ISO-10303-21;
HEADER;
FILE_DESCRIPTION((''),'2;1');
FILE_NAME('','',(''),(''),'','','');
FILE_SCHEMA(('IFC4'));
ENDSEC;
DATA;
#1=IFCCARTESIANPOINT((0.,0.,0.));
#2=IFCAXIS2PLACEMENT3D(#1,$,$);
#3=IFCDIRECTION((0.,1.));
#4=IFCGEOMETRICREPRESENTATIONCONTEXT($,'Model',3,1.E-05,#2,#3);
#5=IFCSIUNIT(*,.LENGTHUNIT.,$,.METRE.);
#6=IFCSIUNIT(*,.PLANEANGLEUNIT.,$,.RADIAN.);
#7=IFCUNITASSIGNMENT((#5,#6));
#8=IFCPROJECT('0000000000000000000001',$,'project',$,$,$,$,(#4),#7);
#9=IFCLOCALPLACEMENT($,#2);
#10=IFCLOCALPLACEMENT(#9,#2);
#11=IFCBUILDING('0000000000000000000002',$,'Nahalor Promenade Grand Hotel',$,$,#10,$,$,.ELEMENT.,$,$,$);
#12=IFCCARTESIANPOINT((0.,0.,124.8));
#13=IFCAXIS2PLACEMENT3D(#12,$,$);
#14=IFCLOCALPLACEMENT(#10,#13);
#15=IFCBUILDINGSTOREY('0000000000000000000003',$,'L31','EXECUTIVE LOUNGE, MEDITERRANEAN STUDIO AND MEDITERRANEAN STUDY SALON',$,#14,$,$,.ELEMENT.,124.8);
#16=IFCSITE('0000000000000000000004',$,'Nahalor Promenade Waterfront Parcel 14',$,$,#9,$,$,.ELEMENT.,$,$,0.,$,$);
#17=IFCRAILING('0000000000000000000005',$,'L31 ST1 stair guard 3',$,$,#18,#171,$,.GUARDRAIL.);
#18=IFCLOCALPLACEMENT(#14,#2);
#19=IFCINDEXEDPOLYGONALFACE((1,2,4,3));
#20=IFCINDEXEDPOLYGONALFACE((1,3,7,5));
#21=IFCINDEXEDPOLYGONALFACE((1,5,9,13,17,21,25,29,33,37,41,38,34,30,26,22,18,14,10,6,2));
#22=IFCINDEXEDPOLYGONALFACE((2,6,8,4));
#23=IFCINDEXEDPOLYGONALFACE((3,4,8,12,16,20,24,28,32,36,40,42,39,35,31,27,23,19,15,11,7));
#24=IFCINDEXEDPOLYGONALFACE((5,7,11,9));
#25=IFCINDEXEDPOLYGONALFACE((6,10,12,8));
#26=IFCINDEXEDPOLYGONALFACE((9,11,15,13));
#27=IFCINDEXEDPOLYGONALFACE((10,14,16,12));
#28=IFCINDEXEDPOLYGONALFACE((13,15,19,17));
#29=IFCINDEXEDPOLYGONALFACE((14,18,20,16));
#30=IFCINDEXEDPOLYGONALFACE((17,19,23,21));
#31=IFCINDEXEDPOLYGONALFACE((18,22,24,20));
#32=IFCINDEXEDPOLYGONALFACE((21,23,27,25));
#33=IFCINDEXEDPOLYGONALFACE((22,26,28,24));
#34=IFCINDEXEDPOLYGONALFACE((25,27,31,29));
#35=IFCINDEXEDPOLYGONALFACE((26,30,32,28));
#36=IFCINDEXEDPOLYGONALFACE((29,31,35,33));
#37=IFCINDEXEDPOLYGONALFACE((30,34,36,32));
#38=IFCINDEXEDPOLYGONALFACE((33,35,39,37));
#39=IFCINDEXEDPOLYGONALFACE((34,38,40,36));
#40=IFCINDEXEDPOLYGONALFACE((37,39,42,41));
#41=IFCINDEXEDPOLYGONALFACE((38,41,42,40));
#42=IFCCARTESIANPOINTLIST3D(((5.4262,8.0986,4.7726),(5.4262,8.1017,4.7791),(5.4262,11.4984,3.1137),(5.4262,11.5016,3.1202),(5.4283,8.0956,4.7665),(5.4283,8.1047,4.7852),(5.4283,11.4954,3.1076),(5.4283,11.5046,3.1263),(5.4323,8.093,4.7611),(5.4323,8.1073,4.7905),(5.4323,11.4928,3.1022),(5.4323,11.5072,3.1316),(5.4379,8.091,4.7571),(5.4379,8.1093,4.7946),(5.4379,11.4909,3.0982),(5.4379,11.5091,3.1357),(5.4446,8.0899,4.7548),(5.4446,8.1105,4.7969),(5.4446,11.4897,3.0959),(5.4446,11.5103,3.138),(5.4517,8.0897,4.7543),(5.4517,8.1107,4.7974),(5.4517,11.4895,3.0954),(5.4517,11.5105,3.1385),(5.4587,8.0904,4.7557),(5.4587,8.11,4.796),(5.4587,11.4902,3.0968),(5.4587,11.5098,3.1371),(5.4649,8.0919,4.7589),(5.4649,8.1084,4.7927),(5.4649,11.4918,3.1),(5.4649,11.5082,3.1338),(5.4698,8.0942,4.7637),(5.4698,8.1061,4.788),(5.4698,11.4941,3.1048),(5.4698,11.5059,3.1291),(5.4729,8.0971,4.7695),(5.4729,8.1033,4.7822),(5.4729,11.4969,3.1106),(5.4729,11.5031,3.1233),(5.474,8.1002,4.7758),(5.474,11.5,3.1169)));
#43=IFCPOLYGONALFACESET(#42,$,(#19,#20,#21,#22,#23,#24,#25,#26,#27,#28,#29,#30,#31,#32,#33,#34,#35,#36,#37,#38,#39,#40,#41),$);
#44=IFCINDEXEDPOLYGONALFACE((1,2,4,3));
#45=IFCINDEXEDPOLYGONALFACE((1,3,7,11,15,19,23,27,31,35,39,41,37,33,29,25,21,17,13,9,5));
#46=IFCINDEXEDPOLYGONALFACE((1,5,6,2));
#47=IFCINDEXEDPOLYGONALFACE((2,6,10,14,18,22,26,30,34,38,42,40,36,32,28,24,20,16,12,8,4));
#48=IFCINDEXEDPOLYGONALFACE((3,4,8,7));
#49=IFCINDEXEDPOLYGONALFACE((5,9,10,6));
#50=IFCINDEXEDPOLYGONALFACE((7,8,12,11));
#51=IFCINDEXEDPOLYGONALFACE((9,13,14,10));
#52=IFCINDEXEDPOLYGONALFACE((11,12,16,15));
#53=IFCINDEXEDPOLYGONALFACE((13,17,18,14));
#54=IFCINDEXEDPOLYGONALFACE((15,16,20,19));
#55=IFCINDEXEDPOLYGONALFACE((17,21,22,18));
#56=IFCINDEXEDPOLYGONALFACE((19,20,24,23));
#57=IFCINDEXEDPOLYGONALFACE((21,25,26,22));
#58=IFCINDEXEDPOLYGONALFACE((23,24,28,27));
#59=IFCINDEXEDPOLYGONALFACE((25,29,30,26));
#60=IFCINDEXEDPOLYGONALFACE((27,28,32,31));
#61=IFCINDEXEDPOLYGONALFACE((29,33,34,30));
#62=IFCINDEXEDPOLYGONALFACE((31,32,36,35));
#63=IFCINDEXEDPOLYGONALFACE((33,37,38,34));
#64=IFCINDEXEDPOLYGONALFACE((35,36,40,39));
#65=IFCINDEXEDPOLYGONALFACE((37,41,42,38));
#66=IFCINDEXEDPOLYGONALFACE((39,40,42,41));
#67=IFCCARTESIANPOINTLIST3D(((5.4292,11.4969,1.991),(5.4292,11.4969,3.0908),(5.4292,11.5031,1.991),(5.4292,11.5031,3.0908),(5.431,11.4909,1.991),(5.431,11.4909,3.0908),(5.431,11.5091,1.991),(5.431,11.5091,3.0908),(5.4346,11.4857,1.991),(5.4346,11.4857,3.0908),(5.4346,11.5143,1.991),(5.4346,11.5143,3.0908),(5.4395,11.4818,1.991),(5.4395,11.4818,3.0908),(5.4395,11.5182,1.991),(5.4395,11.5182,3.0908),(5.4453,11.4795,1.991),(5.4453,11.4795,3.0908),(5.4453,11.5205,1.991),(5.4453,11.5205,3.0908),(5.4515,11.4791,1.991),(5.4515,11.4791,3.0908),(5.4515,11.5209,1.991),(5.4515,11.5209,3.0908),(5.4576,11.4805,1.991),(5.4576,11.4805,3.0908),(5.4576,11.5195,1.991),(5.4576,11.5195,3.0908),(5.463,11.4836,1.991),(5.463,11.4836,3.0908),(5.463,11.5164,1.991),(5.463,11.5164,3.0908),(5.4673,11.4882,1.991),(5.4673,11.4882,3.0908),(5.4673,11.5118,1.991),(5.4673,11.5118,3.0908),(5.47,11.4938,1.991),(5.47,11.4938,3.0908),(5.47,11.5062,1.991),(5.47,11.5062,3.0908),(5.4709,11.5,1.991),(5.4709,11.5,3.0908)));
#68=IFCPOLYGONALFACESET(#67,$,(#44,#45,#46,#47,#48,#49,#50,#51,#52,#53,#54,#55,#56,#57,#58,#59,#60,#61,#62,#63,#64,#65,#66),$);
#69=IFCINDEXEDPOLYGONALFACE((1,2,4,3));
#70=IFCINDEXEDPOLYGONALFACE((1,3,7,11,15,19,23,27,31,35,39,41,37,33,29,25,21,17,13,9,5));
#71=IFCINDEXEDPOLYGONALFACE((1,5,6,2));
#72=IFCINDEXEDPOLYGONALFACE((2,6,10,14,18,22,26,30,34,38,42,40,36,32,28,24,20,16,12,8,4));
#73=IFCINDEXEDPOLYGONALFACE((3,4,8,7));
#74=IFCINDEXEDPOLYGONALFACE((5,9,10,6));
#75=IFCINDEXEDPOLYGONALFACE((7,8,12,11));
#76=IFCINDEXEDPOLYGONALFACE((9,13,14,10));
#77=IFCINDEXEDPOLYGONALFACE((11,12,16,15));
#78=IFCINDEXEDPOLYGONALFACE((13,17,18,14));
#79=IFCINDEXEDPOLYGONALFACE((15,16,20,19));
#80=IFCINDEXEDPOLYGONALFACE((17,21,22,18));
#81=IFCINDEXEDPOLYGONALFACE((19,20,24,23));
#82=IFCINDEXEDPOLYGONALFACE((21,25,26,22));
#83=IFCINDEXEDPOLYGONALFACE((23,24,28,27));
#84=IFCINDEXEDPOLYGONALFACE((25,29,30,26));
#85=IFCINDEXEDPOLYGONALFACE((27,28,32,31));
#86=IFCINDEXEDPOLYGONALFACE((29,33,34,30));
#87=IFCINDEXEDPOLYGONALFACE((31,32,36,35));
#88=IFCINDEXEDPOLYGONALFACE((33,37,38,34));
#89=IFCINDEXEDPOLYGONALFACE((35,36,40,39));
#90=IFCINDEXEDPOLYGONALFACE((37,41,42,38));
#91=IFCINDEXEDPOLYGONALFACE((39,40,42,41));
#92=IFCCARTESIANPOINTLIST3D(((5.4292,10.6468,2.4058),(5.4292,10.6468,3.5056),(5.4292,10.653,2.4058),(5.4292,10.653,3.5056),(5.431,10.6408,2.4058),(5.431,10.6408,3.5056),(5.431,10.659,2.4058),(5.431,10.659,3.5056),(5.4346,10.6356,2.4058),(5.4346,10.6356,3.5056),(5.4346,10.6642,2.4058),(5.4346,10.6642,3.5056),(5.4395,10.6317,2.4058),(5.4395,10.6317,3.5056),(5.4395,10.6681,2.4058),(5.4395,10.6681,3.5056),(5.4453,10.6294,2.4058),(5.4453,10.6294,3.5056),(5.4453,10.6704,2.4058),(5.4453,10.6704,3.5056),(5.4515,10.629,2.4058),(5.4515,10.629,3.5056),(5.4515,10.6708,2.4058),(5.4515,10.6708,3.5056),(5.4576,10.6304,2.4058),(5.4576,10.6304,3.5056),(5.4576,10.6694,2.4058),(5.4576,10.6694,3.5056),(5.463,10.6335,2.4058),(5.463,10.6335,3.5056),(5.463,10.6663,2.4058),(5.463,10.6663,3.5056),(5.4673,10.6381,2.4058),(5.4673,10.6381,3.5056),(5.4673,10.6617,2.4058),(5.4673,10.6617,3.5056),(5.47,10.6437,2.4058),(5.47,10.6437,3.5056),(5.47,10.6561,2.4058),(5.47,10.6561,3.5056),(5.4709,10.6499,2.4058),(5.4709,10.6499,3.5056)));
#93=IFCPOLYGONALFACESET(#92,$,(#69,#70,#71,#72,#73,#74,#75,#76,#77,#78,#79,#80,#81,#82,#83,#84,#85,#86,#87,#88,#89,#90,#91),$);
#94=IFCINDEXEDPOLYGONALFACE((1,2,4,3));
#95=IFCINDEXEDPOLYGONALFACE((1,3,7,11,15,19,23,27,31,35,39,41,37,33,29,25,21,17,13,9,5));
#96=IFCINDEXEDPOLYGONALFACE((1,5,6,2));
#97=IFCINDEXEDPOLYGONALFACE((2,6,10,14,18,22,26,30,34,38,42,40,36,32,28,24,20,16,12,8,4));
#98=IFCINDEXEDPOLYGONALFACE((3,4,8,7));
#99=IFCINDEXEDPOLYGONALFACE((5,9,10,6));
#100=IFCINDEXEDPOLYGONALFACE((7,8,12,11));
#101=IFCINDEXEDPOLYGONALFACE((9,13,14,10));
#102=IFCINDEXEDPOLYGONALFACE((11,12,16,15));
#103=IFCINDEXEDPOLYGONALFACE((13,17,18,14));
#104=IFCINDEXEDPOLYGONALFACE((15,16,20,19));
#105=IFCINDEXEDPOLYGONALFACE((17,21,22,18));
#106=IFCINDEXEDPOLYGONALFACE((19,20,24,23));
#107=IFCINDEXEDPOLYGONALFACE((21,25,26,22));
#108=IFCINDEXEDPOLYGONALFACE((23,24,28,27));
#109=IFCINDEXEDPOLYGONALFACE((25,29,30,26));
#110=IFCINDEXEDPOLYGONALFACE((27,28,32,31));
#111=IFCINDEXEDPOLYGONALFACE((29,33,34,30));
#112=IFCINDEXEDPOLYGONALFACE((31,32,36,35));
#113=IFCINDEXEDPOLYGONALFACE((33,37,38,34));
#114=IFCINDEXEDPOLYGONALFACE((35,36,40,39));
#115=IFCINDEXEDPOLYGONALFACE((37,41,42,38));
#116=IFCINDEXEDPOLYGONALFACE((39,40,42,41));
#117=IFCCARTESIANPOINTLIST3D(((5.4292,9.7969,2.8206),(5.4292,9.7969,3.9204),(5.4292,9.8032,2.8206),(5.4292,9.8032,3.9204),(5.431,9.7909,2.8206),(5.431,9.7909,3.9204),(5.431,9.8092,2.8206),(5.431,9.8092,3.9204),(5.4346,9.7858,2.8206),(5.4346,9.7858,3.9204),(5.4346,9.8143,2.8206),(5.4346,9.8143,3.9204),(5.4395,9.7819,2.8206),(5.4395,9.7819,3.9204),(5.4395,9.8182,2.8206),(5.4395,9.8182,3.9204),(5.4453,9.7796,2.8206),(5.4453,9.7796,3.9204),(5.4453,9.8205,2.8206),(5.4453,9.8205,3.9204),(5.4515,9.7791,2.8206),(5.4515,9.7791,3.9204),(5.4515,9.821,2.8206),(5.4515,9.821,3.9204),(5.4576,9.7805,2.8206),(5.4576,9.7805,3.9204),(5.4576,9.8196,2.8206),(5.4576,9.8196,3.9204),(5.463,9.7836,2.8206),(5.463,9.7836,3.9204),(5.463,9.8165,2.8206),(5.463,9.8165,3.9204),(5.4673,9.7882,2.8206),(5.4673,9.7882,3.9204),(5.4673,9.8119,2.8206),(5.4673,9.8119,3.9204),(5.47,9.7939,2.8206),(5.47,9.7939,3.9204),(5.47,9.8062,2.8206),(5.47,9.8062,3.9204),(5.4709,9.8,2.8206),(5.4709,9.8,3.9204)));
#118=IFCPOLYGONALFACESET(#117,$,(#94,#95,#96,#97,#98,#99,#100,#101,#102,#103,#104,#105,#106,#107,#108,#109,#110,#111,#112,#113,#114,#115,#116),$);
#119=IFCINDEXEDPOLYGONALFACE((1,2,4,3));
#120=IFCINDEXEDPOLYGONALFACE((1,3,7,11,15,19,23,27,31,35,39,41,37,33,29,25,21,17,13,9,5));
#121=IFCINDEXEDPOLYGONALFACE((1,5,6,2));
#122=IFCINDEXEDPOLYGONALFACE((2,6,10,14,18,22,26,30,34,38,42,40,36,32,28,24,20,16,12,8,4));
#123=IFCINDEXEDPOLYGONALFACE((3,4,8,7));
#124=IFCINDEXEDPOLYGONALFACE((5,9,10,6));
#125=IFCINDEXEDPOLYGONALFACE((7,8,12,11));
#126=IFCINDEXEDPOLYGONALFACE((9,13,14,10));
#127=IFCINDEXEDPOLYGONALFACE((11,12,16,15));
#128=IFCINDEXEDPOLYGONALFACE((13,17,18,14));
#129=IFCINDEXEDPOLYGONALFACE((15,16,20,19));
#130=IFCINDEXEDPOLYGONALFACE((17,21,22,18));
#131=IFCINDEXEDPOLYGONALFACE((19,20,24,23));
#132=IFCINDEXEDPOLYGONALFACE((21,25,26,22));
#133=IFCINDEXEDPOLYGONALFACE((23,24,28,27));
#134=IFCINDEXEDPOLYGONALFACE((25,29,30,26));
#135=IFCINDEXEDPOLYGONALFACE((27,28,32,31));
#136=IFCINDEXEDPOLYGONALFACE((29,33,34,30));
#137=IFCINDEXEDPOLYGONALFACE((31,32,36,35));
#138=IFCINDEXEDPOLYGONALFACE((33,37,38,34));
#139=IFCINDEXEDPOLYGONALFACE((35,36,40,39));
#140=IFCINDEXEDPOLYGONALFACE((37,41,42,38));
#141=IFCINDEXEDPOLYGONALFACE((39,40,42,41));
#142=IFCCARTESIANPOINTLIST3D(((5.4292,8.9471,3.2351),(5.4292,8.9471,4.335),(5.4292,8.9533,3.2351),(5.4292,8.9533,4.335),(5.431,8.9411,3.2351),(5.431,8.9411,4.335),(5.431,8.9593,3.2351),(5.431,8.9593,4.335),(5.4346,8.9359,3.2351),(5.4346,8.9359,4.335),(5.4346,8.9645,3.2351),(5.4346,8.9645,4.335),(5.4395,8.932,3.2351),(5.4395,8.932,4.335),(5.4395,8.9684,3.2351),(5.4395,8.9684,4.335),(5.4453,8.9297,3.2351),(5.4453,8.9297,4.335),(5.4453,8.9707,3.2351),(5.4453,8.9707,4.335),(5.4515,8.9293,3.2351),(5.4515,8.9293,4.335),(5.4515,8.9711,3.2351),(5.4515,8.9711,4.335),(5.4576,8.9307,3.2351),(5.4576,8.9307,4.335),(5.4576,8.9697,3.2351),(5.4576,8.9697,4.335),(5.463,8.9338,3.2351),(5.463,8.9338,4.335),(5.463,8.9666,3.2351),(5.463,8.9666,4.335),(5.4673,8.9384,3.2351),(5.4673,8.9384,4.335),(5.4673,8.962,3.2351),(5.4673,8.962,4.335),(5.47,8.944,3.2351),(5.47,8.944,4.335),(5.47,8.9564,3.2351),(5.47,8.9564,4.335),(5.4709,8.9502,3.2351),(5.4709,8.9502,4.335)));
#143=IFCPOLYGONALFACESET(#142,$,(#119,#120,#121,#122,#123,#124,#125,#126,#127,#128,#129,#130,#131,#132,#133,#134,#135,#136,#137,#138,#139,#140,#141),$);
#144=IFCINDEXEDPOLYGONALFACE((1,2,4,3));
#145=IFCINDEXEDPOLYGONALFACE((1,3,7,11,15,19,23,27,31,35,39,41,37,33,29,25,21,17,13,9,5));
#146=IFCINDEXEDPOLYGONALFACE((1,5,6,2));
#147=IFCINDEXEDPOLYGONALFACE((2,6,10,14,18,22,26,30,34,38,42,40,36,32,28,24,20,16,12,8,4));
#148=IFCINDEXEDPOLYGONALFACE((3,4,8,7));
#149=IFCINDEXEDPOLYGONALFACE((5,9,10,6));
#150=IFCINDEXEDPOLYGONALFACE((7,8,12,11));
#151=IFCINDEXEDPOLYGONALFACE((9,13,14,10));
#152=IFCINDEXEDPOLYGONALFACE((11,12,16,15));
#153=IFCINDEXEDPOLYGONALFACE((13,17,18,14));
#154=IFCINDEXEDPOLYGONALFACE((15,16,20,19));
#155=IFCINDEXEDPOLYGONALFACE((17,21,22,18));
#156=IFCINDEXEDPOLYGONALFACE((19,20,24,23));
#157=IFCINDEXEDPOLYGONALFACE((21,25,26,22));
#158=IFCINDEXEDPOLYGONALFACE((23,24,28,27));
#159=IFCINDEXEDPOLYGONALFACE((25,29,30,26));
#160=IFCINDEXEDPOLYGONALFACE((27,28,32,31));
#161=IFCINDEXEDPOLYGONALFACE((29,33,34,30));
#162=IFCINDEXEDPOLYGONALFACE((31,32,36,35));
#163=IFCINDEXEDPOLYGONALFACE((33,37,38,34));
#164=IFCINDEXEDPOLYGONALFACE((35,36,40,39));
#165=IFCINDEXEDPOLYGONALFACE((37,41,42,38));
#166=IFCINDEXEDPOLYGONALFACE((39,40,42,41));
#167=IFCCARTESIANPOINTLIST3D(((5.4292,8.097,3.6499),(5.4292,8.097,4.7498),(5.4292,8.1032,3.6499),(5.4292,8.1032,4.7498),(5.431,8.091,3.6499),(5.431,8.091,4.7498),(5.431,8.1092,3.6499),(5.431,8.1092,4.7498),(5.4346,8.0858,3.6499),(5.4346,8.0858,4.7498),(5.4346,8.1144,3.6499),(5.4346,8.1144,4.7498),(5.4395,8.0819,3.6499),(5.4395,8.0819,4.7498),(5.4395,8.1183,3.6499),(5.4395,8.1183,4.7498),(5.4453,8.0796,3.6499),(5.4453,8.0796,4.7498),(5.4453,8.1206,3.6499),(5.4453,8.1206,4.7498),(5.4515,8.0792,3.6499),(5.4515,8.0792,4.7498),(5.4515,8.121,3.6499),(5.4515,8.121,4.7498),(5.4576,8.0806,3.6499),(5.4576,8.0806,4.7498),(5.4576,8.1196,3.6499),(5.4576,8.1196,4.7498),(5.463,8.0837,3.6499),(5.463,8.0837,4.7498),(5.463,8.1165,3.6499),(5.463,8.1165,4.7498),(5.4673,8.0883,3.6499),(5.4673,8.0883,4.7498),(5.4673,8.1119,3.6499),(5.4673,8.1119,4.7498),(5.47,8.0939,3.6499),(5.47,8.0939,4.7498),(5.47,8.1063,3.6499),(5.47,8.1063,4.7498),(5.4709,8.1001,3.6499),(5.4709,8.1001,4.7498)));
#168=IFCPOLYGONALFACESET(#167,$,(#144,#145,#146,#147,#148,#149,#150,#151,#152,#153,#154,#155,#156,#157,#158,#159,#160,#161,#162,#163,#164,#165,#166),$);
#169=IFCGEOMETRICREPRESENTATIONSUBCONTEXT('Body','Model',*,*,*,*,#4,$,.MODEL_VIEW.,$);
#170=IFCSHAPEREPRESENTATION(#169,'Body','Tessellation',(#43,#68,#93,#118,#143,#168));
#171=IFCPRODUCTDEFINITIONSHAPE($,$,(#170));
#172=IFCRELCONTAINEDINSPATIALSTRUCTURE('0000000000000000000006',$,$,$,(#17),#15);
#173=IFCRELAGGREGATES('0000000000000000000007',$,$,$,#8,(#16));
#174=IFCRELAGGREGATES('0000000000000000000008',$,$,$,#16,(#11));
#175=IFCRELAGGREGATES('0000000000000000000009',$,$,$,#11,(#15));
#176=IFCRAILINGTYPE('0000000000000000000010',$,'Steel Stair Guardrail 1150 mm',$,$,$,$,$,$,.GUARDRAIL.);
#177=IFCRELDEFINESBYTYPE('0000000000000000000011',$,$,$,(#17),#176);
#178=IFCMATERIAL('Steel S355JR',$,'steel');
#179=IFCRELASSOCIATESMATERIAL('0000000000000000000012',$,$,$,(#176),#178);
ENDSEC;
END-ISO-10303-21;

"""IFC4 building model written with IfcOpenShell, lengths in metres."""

from ifc_helpers import new_model, si_unit, direction, frame, origin, origin_2d, place, context, subcontext, project, spatial, circle, extrude, material, type_object, element, save


model = new_model("IFC4")

# Units and contexts
model_context = context("Model", 3, precision=1e-05, world=origin(), true_north=direction((0.0, 1.0)))
body_context = subcontext(model_context, "Body", "Model", "MODEL_VIEW")
ifc_project = project(units=[si_unit("LENGTHUNIT", "METRE"), si_unit("PLANEANGLEUNIT", "RADIAN")], contexts=[model_context])

# Site, building, storey
site_placement = place(None, origin())
site = spatial("IfcSite", under=ifc_project, at=site_placement, Name="Nahalor Promenade Waterfront Parcel 14", CompositionType="ELEMENT", RefElevation=0.0)
building_placement = place(site_placement, origin())
building = spatial("IfcBuilding", under=site, at=building_placement, Name="Nahalor Promenade Grand Hotel", CompositionType="ELEMENT")
storey_placement = place(building_placement, frame((0.0, 0.0, 124.8)))
storey = spatial("IfcBuildingStorey", under=building, at=storey_placement, Name="L31", Description="EXECUTIVE LOUNGE, MEDITERRANEAN STUDIO AND MEDITERRANEAN STUDY SALON", CompositionType="ELEMENT", Elevation=124.8)

# Shared definitions
ifc_material_1 = material(Name="Steel S355JR", Category="steel")

# Railing
railing_type_1 = type_object("IfcRailingType", Name="Steel Stair Guardrail 1150 mm", PredefinedType="GUARDRAIL", material=ifc_material_1)
railing_1_placement = place(storey_placement, frame((5.45, 11.5, 1.991)))
element("IfcRailing", 1, at=railing_1_placement, inside=storey, type_object=railing_type_1, Name="L31 ST1 stair guard 3", PredefinedType="GUARDRAIL", context=body_context, shape_type="SweptSolid", body=[
    extrude(circle(Radius=0.024, at=origin_2d()), frame((0.0, 0.0, 1.126), z_axis=(0.0, -0.898722, 0.438519), x_axis=(1.0, 0.0, 0.0)), (0.0, 0.0, 1.0), 3.783),
    extrude(circle(Radius=0.021, at=origin_2d()), origin(), (0.0, 0.0, 1.0), 1.0999),
    extrude(circle(Radius=0.021, at=origin_2d()), frame((0.0, -0.8501, 0.4148)), (0.0, 0.0, 1.0), 1.0999),
    extrude(circle(Radius=0.021, at=origin_2d()), frame((0.0, -1.7, 0.8296)), (0.0, 0.0, 1.0), 1.0999),
    extrude(circle(Radius=0.021, at=origin_2d()), frame((0.0, -2.5498, 1.2441)), (0.0, 0.0, 1.0), 1.0999),
    extrude(circle(Radius=0.021, at=origin_2d()), frame((0.0, -3.3999, 1.6589)), (0.0, 0.0, 1.0), 1.0999),
])

save(model, "model.ifc")
